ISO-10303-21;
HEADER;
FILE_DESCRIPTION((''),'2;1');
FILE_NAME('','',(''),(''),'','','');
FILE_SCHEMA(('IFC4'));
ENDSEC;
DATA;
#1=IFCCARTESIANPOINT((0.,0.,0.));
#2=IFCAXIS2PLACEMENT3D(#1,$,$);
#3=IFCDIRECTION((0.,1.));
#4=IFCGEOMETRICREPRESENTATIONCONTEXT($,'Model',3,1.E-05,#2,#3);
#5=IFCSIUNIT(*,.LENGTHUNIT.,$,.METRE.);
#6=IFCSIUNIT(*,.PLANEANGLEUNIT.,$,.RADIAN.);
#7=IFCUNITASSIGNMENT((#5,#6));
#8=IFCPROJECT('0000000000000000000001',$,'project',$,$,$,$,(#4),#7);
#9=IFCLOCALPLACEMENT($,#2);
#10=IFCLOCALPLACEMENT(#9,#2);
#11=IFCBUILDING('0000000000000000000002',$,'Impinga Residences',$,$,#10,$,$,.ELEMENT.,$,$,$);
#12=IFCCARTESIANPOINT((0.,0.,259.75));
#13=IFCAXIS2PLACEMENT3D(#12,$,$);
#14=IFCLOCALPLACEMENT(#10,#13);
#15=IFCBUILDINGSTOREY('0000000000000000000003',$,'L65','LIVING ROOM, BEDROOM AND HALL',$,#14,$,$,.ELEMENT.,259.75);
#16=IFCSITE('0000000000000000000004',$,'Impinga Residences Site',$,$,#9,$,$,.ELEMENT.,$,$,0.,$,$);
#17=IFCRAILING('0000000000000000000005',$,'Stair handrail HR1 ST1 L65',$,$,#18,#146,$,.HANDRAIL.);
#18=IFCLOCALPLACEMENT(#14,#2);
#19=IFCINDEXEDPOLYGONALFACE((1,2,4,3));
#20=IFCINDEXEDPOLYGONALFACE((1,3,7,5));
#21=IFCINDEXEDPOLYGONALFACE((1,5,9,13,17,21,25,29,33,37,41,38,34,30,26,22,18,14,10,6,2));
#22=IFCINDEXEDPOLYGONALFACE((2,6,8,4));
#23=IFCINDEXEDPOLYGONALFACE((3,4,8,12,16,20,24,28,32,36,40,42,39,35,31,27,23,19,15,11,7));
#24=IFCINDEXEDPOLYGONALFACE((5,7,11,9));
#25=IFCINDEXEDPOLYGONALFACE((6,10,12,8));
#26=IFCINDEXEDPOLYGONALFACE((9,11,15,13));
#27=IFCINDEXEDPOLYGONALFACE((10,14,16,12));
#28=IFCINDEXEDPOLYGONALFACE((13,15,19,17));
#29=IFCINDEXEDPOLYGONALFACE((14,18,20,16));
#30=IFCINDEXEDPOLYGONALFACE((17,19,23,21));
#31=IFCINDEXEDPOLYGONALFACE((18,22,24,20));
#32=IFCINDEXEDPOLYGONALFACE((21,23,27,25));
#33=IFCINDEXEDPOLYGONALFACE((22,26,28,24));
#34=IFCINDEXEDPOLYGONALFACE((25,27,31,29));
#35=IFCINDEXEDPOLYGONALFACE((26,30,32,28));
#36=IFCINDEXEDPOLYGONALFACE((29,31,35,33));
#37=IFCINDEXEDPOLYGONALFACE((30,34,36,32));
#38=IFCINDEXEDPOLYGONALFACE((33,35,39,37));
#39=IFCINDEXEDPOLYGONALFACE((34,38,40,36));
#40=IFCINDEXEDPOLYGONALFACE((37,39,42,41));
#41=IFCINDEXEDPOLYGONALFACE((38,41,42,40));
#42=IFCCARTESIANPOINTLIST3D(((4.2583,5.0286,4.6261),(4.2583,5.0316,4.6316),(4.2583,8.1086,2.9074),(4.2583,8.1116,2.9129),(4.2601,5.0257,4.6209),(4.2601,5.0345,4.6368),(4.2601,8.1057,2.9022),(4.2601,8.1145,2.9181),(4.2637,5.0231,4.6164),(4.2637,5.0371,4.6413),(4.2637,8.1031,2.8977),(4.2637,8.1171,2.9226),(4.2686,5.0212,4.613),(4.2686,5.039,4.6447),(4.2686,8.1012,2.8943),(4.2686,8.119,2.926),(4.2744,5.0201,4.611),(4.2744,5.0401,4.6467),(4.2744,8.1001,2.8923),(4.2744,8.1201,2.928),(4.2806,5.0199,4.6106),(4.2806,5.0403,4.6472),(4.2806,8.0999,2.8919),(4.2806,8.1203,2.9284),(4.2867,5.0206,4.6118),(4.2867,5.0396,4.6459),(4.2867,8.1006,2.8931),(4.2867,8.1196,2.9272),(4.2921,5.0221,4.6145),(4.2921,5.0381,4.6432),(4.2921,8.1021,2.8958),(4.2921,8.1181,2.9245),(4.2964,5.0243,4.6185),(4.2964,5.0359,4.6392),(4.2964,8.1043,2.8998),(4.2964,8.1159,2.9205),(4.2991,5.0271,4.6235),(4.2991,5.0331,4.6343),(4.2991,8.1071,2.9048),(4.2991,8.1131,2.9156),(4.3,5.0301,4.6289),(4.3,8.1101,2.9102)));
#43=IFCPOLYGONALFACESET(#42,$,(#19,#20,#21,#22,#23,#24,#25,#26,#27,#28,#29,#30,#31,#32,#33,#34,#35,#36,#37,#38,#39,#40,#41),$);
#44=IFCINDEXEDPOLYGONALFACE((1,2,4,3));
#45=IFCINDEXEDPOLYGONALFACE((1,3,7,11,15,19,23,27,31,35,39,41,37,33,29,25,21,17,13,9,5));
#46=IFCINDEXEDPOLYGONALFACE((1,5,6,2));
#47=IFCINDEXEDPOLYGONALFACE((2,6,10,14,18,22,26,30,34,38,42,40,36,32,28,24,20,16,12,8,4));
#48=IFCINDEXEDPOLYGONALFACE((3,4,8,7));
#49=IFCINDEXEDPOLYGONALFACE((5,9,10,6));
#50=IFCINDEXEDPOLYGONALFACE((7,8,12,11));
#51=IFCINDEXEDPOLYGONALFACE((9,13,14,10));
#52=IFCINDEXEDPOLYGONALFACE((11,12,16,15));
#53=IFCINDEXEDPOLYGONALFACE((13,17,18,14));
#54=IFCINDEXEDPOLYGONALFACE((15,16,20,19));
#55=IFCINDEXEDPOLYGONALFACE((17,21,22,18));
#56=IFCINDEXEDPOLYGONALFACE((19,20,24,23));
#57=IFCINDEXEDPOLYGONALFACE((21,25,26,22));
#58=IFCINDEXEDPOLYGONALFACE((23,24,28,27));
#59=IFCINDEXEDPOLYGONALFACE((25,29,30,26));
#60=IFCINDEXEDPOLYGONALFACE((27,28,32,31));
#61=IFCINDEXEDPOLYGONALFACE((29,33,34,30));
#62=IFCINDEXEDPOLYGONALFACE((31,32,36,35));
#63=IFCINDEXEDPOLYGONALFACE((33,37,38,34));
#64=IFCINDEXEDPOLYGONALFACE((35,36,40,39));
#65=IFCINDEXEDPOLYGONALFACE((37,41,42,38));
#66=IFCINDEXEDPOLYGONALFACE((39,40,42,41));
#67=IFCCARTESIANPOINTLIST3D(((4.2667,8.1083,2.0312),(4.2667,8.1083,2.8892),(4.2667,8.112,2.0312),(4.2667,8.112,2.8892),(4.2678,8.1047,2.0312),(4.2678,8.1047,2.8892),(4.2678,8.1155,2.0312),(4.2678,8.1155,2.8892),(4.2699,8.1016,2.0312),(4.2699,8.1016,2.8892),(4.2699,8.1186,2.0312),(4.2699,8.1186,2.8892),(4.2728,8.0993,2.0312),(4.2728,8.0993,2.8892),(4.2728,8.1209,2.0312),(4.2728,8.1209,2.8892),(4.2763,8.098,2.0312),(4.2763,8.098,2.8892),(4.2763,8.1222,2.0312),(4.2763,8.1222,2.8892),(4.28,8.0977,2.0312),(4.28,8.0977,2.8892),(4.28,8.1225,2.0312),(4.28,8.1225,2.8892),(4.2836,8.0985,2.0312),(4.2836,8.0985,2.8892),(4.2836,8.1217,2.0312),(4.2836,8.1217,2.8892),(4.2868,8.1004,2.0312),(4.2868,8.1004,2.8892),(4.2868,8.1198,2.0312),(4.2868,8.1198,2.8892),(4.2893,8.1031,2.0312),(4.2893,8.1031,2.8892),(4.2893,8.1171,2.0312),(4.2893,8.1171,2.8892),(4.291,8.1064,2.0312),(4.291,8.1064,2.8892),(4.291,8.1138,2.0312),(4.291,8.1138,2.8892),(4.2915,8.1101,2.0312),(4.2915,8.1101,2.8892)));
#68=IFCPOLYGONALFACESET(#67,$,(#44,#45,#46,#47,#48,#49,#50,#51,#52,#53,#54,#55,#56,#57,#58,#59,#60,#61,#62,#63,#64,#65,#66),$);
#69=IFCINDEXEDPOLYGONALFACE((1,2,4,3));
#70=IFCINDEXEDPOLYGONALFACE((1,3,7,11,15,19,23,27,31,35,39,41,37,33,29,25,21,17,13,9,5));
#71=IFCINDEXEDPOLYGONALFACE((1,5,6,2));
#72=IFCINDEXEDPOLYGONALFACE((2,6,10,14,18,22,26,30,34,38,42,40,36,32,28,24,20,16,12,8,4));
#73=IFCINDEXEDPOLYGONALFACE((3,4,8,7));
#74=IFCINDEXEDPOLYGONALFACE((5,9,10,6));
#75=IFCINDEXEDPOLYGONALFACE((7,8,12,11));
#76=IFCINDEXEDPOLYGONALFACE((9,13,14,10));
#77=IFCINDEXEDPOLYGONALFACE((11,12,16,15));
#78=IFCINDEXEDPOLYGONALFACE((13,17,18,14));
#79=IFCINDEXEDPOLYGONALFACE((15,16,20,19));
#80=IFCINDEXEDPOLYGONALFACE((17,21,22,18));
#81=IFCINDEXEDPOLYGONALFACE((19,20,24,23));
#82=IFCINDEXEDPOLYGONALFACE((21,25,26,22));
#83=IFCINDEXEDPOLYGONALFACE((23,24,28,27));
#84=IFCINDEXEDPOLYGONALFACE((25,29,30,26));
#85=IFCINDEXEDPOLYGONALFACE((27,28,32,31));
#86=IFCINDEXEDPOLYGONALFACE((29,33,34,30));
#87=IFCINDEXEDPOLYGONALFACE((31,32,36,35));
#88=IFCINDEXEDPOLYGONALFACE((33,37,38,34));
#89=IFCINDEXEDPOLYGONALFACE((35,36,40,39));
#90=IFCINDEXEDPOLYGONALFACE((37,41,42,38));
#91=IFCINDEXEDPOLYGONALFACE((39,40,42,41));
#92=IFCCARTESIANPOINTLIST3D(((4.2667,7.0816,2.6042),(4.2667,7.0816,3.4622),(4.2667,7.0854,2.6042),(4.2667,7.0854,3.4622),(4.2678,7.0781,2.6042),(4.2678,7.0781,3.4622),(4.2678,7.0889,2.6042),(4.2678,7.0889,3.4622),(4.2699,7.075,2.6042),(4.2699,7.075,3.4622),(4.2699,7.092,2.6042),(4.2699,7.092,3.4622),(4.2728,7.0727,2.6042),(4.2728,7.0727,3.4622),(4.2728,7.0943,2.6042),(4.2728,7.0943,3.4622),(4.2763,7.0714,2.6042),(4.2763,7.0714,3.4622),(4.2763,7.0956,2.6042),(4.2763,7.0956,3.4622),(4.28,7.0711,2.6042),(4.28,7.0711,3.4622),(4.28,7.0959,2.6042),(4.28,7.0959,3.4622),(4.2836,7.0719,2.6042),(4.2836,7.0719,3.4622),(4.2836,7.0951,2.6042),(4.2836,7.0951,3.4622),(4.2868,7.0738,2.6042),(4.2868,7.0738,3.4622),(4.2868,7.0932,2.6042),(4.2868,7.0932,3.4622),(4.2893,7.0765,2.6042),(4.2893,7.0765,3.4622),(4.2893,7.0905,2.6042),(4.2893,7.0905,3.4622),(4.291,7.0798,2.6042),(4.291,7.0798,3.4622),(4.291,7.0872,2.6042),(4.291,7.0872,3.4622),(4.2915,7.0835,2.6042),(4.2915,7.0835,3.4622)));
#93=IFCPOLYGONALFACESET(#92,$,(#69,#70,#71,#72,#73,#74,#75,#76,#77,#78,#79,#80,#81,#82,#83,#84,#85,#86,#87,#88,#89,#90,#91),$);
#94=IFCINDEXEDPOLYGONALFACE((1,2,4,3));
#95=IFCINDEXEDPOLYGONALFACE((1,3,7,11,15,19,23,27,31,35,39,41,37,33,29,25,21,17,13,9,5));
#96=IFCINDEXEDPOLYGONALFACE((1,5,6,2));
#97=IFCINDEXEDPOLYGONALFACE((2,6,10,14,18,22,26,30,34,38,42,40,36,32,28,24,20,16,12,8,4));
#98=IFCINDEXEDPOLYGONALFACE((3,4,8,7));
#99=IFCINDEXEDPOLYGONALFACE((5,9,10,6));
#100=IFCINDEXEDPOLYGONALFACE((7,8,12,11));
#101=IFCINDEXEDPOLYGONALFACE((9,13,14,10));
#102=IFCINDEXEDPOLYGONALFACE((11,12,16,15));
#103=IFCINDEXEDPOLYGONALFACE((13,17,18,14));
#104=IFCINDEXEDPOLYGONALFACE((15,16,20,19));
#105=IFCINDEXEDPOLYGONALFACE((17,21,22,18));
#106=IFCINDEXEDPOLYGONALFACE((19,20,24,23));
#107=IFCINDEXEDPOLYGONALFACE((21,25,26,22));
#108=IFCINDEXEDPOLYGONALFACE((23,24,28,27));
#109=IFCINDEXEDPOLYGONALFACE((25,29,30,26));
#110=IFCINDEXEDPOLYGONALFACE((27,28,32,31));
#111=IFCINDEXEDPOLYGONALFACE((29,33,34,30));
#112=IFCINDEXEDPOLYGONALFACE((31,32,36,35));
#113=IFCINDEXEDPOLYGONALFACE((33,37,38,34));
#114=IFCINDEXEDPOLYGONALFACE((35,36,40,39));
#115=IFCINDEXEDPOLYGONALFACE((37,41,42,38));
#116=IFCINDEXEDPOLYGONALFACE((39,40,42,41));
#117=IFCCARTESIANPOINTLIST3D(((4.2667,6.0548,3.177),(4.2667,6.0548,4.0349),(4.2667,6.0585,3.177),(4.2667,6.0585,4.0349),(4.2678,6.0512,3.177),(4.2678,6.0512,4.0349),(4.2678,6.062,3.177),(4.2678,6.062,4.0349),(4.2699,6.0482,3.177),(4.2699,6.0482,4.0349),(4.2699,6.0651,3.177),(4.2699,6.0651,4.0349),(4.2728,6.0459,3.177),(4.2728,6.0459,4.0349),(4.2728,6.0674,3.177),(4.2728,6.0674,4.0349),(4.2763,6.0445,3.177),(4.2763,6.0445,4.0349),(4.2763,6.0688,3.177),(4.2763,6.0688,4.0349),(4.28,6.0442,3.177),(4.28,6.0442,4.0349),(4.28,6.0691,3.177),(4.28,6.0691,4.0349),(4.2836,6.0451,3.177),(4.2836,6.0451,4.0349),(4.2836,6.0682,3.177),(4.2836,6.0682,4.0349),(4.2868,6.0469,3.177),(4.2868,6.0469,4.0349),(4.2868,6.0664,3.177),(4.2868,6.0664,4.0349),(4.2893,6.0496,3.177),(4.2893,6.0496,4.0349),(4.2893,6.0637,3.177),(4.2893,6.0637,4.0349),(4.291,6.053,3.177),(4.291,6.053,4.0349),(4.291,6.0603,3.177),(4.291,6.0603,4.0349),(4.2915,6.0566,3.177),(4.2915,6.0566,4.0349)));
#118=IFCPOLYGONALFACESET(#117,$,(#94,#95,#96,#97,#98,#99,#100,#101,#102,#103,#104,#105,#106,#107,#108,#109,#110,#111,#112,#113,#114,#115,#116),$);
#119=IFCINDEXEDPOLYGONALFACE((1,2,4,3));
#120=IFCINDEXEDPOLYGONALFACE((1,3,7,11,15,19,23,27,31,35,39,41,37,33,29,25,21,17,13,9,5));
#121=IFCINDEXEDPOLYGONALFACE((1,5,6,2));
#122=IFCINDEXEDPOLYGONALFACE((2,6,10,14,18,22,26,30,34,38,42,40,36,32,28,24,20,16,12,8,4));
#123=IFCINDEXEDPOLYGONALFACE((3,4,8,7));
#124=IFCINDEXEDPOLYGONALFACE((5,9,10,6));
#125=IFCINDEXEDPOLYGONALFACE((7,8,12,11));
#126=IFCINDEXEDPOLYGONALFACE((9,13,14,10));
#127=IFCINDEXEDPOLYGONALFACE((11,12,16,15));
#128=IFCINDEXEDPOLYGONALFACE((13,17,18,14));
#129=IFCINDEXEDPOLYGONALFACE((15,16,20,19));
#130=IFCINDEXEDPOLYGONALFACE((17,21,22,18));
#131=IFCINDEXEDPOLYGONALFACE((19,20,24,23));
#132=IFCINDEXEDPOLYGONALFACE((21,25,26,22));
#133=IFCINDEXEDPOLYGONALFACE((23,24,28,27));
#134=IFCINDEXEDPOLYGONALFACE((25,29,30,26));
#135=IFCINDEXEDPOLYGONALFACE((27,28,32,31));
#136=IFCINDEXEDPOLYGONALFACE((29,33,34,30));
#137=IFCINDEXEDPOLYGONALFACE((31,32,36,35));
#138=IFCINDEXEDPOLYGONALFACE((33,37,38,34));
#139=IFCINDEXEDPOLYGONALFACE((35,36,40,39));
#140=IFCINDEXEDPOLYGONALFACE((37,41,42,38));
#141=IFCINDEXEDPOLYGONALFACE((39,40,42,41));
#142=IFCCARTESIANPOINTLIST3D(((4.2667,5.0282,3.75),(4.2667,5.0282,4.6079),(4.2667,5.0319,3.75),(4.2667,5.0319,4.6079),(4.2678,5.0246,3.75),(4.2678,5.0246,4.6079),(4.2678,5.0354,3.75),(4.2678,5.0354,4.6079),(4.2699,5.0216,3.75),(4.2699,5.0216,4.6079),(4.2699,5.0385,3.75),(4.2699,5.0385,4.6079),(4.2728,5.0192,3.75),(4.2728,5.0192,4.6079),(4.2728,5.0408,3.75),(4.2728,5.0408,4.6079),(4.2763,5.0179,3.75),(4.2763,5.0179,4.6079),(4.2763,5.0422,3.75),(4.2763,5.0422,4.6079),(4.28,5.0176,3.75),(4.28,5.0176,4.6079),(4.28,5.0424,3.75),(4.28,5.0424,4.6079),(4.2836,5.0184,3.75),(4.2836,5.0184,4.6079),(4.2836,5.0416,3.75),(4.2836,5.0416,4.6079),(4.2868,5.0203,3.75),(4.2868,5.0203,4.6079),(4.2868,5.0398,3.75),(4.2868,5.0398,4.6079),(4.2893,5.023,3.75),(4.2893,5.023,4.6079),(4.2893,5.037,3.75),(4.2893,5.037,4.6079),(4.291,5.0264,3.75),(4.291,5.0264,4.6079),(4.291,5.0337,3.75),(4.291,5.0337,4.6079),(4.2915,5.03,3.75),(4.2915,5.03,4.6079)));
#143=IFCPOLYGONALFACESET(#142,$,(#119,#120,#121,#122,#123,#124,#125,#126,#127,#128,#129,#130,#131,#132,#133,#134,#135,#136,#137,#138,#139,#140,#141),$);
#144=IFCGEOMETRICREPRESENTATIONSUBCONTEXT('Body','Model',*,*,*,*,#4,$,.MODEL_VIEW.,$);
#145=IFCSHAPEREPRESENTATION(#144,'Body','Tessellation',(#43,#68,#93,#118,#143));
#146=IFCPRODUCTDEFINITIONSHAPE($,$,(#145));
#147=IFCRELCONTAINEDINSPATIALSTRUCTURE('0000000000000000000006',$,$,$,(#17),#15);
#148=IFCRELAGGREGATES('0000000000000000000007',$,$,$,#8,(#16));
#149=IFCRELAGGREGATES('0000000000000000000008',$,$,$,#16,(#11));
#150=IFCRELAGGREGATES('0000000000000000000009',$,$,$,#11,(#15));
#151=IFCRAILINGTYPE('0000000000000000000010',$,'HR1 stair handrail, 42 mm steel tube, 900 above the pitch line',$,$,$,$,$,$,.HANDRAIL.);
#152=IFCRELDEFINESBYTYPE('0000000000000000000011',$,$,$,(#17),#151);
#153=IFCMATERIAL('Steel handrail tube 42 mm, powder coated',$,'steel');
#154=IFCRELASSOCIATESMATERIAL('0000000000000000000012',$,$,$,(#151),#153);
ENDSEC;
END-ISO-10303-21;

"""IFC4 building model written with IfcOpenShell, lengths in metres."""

from ifc_helpers import new_model, si_unit, direction, frame, origin, origin_2d, place, context, subcontext, project, spatial, circle, extrude, material, type_object, element, save


model = new_model("IFC4")

# Units and contexts
model_context = context("Model", 3, precision=1e-05, world=origin(), true_north=direction((0.0, 1.0)))
body_context = subcontext(model_context, "Body", "Model", "MODEL_VIEW")
ifc_project = project(units=[si_unit("LENGTHUNIT", "METRE"), si_unit("PLANEANGLEUNIT", "RADIAN")], contexts=[model_context])

# Site, building, storey
site_placement = place(None, origin())
site = spatial("IfcSite", under=ifc_project, at=site_placement, Name="Impinga Residences Site", CompositionType="ELEMENT", RefElevation=0.0)
building_placement = place(site_placement, origin())
building = spatial("IfcBuilding", under=site, at=building_placement, Name="Impinga Residences", CompositionType="ELEMENT")
storey_placement = place(building_placement, frame((0.0, 0.0, 259.75)))
storey = spatial("IfcBuildingStorey", under=building, at=storey_placement, Name="L65", Description="LIVING ROOM, BEDROOM AND HALL", CompositionType="ELEMENT", Elevation=259.75)

# Railing
ifc_material_1 = material(Name="Steel handrail tube 42 mm, powder coated", Category="steel")
railing_type_1 = type_object("IfcRailingType", Name="HR1 stair handrail, 42 mm steel tube, 900 above the pitch line", PredefinedType="HANDRAIL", material=ifc_material_1)
railing_1_placement = place(storey_placement, frame((4.2791, 8.1101, 2.0312)))
element("IfcRailing", 1, at=railing_1_placement, inside=storey, type_object=railing_type_1, Name="Stair handrail HR1 ST1 L65", PredefinedType="HANDRAIL", context=body_context, shape_type="SweptSolid", body=[
    extrude(circle(Radius=0.021, at=origin_2d()), frame((0.0, 0.0, 0.8789), z_axis=(0.0, -0.873242, 0.487288), x_axis=(1.0, 0.0, 0.0)), (0.0, 0.0, 1.0), 3.5271),
    extrude(circle(Radius=0.0125, at=origin_2d()), origin(), (0.0, 0.0, 1.0), 0.8579),
    extrude(circle(Radius=0.0125, at=origin_2d()), frame((0.0, -1.0266, 0.573)), (0.0, 0.0, 1.0), 0.8579),
    extrude(circle(Radius=0.0125, at=origin_2d()), frame((0.0, -2.0535, 1.1458)), (0.0, 0.0, 1.0), 0.8579),
    extrude(circle(Radius=0.0125, at=origin_2d()), frame((0.0, -3.0801, 1.7188)), (0.0, 0.0, 1.0), 0.8579),
])

save(model, "model.ifc")
